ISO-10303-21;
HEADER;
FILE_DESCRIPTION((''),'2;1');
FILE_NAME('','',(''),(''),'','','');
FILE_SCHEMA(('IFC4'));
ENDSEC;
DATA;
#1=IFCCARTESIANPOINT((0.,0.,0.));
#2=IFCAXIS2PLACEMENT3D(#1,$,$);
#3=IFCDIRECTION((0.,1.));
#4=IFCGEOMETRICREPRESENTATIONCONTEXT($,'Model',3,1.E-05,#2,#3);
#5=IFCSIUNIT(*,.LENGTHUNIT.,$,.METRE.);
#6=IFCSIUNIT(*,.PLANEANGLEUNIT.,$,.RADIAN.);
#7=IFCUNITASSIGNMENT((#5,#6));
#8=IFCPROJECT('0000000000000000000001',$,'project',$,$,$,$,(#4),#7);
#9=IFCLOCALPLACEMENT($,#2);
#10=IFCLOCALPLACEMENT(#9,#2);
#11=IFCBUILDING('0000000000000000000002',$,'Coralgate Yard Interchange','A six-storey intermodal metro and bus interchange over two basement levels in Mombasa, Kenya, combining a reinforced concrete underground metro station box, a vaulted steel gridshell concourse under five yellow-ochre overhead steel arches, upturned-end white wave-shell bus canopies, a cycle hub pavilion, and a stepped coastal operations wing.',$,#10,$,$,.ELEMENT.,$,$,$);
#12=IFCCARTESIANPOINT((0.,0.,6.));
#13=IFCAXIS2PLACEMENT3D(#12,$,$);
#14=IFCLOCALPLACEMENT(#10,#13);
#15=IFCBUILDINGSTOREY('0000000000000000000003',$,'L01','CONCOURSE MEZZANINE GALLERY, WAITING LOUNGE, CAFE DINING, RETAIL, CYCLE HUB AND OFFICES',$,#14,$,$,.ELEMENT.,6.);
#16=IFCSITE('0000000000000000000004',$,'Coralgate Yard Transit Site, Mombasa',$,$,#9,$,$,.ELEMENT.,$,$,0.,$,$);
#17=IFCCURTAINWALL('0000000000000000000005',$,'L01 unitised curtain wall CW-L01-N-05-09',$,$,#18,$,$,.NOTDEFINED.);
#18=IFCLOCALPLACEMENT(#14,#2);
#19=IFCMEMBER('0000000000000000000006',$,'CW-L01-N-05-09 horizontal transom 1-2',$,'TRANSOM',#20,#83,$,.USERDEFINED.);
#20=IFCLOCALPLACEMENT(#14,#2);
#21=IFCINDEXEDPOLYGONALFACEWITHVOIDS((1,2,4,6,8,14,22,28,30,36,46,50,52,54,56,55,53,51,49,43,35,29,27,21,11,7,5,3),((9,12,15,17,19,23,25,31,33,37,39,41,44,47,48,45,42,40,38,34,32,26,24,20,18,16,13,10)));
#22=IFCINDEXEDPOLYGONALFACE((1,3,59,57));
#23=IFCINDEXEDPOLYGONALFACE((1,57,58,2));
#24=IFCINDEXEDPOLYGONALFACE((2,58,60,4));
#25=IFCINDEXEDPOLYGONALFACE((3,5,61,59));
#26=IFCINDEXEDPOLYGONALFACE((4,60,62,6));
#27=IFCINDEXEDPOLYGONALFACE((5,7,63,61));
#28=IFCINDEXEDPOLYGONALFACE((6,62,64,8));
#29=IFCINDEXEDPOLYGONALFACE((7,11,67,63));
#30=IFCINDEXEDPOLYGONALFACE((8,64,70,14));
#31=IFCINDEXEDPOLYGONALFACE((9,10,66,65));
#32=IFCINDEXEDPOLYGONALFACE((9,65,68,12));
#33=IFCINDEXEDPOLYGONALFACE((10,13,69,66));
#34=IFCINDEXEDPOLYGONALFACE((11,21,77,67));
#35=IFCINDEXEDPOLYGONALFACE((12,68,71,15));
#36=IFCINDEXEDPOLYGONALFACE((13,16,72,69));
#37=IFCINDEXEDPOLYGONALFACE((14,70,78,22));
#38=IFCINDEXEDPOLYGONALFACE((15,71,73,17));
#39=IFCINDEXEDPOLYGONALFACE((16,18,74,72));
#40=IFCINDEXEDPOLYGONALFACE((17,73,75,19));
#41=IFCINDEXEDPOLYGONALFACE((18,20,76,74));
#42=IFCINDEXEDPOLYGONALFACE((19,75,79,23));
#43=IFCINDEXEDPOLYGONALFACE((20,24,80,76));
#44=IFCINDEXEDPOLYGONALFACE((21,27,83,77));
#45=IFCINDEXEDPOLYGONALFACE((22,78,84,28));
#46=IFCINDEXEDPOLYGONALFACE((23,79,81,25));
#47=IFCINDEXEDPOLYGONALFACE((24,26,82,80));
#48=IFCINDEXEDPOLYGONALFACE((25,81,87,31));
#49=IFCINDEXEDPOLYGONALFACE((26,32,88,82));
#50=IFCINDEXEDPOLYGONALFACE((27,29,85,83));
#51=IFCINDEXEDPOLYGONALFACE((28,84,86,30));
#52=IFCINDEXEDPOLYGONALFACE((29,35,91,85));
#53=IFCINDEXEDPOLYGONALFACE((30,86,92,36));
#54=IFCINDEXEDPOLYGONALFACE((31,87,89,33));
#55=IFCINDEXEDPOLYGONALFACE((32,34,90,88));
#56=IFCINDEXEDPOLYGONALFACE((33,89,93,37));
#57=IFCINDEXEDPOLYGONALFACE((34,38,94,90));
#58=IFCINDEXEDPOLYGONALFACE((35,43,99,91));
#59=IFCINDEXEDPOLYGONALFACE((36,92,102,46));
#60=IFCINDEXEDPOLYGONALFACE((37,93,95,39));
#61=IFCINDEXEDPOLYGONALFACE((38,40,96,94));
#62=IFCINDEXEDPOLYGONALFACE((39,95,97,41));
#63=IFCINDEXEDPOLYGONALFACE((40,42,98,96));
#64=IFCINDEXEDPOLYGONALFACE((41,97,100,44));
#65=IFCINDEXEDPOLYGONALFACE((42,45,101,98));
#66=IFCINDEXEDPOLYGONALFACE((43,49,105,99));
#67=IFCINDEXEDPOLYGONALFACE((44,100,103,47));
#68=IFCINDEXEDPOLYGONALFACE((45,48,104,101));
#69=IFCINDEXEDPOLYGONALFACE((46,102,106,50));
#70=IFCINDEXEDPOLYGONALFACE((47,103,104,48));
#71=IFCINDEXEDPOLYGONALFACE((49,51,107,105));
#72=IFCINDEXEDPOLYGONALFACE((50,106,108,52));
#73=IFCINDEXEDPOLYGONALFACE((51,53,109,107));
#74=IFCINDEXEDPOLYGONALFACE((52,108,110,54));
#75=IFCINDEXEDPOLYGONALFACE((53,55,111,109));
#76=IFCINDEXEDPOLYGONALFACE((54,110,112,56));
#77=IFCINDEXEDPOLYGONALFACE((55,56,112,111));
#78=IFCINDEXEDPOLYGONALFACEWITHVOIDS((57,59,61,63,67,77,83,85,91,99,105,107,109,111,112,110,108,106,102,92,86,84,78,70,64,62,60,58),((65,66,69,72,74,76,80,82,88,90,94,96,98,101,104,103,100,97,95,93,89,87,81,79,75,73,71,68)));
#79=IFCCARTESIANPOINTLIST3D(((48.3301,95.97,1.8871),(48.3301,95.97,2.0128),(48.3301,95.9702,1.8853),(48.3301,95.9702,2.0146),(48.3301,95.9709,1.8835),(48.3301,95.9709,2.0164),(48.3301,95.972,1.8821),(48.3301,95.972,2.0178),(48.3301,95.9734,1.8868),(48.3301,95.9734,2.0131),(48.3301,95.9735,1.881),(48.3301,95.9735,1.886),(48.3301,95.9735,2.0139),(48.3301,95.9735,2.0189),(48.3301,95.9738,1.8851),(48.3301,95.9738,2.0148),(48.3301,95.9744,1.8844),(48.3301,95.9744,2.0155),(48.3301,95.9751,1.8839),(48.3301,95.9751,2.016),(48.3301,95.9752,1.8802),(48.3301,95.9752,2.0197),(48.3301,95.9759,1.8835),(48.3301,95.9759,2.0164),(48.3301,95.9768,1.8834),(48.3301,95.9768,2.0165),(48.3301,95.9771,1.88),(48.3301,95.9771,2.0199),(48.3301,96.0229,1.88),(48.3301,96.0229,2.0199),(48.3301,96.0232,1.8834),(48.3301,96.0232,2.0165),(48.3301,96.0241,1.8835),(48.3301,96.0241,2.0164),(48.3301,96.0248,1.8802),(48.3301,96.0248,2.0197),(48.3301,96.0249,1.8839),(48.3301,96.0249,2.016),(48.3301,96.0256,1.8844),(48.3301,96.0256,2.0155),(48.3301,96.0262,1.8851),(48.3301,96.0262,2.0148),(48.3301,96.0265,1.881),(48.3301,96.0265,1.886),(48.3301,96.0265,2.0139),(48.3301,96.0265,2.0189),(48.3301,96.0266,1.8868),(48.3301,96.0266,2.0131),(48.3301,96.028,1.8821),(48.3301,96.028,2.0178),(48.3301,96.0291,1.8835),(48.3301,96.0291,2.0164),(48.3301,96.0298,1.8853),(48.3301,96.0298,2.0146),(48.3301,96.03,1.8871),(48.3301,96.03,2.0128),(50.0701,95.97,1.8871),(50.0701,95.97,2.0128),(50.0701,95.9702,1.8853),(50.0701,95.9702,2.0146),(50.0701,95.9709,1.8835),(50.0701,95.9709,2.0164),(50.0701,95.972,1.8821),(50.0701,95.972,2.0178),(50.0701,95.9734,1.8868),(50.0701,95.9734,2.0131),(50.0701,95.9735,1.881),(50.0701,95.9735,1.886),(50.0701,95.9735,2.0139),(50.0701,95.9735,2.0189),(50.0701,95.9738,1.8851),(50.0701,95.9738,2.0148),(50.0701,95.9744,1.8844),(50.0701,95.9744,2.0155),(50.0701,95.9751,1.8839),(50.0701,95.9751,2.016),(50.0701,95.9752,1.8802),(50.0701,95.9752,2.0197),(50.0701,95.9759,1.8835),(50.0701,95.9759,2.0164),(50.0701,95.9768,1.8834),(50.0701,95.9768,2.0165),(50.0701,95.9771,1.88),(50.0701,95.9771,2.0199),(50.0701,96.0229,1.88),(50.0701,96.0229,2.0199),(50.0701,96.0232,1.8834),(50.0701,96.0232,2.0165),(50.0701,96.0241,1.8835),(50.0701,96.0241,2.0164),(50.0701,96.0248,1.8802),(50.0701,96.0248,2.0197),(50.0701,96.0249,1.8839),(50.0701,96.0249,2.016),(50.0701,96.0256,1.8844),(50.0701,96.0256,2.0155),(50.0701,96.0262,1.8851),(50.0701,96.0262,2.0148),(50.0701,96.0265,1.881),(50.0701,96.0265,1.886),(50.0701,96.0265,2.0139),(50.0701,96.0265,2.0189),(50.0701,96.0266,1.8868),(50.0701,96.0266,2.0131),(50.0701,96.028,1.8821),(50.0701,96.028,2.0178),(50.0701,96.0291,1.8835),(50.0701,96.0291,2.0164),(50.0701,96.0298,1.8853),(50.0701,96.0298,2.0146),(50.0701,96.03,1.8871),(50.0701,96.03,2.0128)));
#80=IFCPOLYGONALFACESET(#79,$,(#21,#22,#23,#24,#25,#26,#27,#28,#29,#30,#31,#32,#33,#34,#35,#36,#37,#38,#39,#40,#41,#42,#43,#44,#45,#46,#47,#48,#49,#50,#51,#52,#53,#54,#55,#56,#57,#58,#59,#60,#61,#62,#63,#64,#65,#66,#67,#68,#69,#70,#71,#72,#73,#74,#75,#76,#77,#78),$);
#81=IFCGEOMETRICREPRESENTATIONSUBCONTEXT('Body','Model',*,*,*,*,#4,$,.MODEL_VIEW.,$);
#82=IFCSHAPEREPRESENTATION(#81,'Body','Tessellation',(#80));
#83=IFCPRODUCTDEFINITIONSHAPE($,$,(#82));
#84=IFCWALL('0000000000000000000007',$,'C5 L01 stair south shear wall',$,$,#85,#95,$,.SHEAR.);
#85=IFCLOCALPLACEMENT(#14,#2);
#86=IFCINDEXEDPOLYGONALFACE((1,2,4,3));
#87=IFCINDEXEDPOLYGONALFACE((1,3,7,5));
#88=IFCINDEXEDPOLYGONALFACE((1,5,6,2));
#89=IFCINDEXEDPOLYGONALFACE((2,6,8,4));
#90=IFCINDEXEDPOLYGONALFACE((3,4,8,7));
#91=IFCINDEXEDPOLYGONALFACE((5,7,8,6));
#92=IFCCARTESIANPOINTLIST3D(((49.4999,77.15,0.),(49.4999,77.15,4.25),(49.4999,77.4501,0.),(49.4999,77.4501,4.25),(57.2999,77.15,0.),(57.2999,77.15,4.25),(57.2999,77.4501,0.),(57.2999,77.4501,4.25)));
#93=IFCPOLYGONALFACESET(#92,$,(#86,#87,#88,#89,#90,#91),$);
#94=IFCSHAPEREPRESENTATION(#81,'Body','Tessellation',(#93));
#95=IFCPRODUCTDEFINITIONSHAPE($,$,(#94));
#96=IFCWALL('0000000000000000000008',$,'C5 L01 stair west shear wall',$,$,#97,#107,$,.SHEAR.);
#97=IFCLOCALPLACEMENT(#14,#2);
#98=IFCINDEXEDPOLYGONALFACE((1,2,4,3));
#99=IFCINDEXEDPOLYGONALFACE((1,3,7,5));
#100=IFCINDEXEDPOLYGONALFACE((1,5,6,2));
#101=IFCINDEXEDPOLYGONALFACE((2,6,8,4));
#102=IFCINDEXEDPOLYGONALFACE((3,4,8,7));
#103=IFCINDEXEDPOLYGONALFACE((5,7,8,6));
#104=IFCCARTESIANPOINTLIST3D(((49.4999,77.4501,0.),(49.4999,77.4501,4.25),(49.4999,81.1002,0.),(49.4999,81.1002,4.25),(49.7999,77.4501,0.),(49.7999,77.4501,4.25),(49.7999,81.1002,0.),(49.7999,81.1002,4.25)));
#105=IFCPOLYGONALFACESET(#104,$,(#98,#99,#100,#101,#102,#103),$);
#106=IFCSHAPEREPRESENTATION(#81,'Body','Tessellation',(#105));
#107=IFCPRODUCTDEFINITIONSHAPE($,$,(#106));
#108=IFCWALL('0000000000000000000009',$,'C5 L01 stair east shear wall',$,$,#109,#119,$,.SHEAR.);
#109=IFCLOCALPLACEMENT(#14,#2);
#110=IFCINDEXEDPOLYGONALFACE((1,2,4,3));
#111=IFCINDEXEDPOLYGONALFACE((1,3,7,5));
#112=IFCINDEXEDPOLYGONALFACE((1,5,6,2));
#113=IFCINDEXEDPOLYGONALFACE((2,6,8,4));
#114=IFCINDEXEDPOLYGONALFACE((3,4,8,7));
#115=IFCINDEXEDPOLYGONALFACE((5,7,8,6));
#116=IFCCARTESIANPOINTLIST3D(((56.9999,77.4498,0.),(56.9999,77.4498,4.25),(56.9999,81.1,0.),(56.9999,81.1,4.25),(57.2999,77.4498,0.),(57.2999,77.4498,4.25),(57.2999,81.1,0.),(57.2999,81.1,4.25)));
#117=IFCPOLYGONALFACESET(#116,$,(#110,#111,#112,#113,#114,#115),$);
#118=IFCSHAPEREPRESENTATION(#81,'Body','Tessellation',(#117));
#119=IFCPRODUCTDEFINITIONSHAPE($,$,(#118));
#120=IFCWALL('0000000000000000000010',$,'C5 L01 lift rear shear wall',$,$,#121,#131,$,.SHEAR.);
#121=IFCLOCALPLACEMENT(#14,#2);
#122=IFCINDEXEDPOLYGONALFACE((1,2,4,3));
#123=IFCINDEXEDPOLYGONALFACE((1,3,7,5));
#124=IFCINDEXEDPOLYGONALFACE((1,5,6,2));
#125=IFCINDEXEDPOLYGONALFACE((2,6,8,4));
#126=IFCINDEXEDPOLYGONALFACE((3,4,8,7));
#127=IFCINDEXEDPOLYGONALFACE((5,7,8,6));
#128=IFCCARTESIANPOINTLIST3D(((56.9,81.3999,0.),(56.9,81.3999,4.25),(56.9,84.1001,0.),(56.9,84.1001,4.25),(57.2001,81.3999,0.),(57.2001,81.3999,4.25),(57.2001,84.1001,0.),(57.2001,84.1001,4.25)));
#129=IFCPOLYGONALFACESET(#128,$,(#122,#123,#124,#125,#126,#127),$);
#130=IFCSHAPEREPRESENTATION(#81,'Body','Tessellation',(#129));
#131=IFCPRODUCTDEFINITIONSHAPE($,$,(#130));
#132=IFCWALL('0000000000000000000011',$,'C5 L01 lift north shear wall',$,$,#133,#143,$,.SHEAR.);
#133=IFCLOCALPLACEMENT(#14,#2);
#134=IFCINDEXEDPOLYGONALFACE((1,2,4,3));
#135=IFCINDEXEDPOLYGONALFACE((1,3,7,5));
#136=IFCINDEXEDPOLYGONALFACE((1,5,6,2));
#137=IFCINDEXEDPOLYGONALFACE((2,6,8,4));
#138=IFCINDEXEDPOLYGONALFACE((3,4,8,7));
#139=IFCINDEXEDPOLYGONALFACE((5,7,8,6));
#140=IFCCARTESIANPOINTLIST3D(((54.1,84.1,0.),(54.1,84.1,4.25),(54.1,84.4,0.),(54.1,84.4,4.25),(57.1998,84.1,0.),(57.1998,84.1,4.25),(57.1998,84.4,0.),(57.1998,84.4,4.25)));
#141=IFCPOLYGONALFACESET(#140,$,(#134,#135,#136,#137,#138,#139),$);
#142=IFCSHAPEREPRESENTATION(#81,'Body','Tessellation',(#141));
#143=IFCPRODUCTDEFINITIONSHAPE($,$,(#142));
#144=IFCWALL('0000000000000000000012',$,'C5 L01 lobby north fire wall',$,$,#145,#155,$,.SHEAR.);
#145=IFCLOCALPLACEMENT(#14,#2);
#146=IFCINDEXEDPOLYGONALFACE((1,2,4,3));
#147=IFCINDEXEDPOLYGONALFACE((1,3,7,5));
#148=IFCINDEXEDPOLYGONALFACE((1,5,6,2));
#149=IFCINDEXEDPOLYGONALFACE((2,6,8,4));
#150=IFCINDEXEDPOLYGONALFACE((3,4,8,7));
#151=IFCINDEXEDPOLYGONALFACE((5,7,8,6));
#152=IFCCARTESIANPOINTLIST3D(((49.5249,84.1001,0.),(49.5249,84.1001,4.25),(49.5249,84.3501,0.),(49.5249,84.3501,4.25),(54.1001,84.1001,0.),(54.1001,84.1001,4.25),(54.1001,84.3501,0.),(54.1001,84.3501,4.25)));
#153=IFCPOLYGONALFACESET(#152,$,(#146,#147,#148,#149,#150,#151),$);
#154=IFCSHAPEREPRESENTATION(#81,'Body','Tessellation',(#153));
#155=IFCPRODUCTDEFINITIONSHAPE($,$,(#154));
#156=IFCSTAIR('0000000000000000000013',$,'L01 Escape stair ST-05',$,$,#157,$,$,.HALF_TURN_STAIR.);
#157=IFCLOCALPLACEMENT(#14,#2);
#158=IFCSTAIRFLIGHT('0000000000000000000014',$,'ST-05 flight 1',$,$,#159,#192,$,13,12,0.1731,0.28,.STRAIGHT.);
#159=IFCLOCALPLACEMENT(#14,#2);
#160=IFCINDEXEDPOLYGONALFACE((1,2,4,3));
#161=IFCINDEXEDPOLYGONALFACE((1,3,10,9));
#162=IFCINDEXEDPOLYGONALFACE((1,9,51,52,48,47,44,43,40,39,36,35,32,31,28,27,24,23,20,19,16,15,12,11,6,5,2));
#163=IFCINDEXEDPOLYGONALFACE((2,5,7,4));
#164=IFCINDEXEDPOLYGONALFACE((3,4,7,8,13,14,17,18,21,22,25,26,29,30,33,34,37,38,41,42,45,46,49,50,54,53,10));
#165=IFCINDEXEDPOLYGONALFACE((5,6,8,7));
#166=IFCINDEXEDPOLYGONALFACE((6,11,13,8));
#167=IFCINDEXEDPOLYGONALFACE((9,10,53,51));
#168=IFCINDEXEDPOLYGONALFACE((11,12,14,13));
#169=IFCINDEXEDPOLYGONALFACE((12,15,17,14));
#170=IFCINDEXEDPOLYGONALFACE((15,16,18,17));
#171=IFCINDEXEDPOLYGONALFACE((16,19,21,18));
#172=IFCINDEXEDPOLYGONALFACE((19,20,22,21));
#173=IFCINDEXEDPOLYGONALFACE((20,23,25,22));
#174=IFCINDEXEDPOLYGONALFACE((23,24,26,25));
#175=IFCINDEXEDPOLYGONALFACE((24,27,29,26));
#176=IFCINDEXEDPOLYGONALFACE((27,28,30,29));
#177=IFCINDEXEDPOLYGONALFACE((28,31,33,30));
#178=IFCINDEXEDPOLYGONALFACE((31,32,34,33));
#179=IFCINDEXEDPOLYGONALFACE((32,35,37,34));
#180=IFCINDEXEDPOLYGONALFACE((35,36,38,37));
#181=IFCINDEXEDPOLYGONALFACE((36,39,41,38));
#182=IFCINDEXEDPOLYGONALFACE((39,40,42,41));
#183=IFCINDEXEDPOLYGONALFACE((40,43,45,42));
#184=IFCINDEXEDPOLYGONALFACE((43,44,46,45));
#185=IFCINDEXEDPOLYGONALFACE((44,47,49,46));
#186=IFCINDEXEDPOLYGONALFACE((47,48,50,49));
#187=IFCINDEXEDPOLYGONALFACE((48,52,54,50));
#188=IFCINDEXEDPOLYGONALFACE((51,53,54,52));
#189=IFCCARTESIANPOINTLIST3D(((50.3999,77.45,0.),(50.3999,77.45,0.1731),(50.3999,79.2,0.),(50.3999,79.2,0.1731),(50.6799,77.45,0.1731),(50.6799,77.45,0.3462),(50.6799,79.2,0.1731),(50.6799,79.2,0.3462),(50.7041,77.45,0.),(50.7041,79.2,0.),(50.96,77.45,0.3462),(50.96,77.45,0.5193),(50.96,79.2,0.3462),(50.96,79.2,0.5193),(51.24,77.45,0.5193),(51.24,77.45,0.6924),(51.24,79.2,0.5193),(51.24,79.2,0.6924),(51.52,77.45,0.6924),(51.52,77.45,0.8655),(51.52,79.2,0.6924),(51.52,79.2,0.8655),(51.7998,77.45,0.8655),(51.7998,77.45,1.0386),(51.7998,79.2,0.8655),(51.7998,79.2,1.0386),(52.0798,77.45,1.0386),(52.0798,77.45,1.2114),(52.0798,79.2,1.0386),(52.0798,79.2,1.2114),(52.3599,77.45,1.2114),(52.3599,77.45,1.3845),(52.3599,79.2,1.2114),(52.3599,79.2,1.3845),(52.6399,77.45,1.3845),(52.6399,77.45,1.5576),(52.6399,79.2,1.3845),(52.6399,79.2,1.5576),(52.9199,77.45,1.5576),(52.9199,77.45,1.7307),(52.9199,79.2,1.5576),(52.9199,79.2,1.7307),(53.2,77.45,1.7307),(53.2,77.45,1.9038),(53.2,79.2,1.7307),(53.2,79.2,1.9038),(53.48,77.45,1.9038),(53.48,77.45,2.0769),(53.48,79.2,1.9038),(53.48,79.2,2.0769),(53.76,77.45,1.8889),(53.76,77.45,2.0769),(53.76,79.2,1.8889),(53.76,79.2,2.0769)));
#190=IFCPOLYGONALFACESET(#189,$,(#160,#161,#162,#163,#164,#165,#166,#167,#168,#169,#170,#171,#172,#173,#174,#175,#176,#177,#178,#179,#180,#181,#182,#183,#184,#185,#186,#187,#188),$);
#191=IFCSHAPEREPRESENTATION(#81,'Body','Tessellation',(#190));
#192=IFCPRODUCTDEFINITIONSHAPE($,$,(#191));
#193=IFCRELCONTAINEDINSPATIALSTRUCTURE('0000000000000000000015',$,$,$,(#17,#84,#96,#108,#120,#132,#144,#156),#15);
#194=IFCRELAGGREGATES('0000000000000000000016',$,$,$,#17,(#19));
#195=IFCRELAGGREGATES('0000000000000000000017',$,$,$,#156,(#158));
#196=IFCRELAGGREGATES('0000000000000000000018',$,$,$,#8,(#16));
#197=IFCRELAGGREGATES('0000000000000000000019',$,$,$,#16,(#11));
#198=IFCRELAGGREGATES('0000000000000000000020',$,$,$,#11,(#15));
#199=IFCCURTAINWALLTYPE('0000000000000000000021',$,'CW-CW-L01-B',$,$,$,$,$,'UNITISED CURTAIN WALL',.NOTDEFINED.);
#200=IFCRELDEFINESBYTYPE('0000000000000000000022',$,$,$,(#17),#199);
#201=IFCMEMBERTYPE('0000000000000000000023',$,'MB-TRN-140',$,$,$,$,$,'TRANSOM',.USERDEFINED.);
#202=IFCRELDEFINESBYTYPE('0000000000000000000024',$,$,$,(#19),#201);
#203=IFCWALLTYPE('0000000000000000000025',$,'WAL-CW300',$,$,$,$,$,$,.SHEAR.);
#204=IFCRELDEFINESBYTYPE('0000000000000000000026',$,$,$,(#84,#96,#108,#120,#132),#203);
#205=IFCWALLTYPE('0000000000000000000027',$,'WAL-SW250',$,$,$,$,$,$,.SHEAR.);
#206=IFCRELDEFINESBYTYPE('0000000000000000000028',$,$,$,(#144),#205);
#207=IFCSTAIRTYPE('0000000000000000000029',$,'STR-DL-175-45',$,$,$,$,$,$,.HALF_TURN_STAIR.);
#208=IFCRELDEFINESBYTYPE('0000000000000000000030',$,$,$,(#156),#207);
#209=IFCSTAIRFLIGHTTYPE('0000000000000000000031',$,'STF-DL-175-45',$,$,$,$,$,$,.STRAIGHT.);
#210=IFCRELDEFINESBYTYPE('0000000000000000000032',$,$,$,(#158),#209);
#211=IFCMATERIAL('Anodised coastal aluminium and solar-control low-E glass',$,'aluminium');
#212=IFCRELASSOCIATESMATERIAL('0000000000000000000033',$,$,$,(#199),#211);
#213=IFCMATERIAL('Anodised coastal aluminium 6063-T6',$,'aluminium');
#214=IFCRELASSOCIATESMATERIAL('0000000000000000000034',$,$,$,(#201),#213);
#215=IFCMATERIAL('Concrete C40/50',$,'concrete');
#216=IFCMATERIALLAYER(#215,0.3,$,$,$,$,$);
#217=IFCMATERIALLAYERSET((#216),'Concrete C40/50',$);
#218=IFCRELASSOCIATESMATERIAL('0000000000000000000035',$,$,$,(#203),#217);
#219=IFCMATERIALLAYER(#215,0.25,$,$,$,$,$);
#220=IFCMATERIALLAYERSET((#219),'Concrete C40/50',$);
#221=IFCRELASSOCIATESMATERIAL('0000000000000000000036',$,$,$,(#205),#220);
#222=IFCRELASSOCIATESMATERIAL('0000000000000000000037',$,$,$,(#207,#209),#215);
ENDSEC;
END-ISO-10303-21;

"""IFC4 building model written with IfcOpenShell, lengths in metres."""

from ifc_helpers import new_model, si_unit, direction, frame, frame_2d, origin, origin_2d, place, context, subcontext, project, spatial, polyline, rectangle, hollow_rectangle, outline, extrude, material, layer, layer_set, material_profile, profile_set, type_object, element, aggregate, save


model = new_model("IFC4")

# Units and contexts
model_context = context("Model", 3, precision=1e-05, world=origin(), true_north=direction((0.0, 1.0)))
body_context = subcontext(model_context, "Body", "Model", "MODEL_VIEW")
ifc_project = project(units=[si_unit("LENGTHUNIT", "METRE"), si_unit("PLANEANGLEUNIT", "RADIAN")], contexts=[model_context])

# Site, building, storey
site_placement = place(None, origin())
site = spatial("IfcSite", under=ifc_project, at=site_placement, Name="Coralgate Yard Transit Site, Mombasa", CompositionType="ELEMENT", RefElevation=0.0)
building_placement = place(site_placement, origin())
building = spatial("IfcBuilding", under=site, at=building_placement, Name="Coralgate Yard Interchange", Description="A six-storey intermodal metro and bus interchange over two basement levels in Mombasa, Kenya, combining a reinforced concrete underground metro station box, a vaulted steel gridshell concourse under five yellow-ochre overhead steel arches, upturned-end white wave-shell bus canopies, a cycle hub pavilion, and a stepped coastal operations wing.", CompositionType="ELEMENT")
storey_placement = place(building_placement, frame((0.0, 0.0, 6.0)))
storey = spatial("IfcBuildingStorey", under=building, at=storey_placement, Name="L01", Description="CONCOURSE MEZZANINE GALLERY, WAITING LOUNGE, CAFE DINING, RETAIL, CYCLE HUB AND OFFICES", CompositionType="ELEMENT", Elevation=6.0)

# Curtain wall, member
ifc_material_1 = material(Name="Anodised coastal aluminium and solar-control low-E glass", Category="aluminium")
curtain_wall_type = type_object("IfcCurtainWallType", Name="CW-CW-L01-B", ElementType="UNITISED CURTAIN WALL", PredefinedType="NOTDEFINED", material=ifc_material_1)
curtain_wall_placement = place(storey_placement, origin())
curtain_wall = element("IfcCurtainWall", 1, at=curtain_wall_placement, inside=storey, type_object=curtain_wall_type, Name="L01 unitised curtain wall CW-L01-N-05-09", PredefinedType="NOTDEFINED")
ifc_material_2 = material(Name="Anodised coastal aluminium 6063-T6", Category="aluminium")
ifc_material_profile_1 = material_profile(ifc_material_2, hollow_rectangle(XDim=0.0601, YDim=0.1399, WallThickness=0.0034, InnerFilletRadius=0.0034, OuterFilletRadius=0.0071, at=origin_2d()), Name="ALU 60x140x3.5")
ifc_profile_set_1 = profile_set([ifc_material_profile_1], Name="Anodised coastal aluminium 6063-T6")
member_type_1 = type_object("IfcMemberType", Name="MB-TRN-140", ElementType="TRANSOM", PredefinedType="USERDEFINED", material=ifc_profile_set_1)
member_1_placement = place(storey_placement, frame((48.3301, 96.0, 1.95), z_axis=(1.0, 0.0, 0.0), x_axis=(0.0, 1.0, 0.0)))
member_1 = element("IfcMember", 2, at=member_1_placement, type_object=member_type_1, Name="CW-L01-N-05-09 horizontal transom 1-2", ObjectType="TRANSOM", PredefinedType="USERDEFINED", context=body_context, shape_type="SweptSolid", body=[
    extrude(hollow_rectangle(XDim=0.0601, YDim=0.1399, WallThickness=0.0034, InnerFilletRadius=0.0034, OuterFilletRadius=0.0071, at=origin_2d()), origin(), (0.0, 0.0, 1.0), 1.74),
])
aggregate(curtain_wall, [member_1])

# Walls
ifc_material_3 = material(Name="Concrete C40/50", Category="concrete")
ifc_layer_1 = layer(ifc_material_3, 0.3)
ifc_layer_set_1 = layer_set([ifc_layer_1], Name="Concrete C40/50")
wall_type_1 = type_object("IfcWallType", Name="WAL-CW300", PredefinedType="SHEAR", material=ifc_layer_set_1)
wall_1_placement = place(storey_placement, frame((49.5, 77.3, 0.0), z_axis=(0.0, 0.0, 1.0), x_axis=(1.0, 0.0, 0.0)))
element("IfcWall", 3, at=wall_1_placement, inside=storey, type_object=wall_type_1, Name="C5 L01 stair south shear wall", PredefinedType="SHEAR", context=body_context, shape_type="SweptSolid", body=[
    extrude(rectangle(XDim=7.8, YDim=0.3, at=frame_2d((3.8999, 0.0))), origin(), (0.0, 0.0, 1.0), 4.25),
])
for number, where, z_axis, x_axis, name in (
    (4, (49.6499, 77.45, 0.0), (0.0, 0.0, 1.0), (0.0, 1.0, 0.0), "C5 L01 stair west shear wall"),
    (5, (57.1499, 81.1001, 0.0), (0.0, 0.0, 1.0), (0.0, -1.0, 0.0), "C5 L01 stair east shear wall"),
):
    element("IfcWall", number, at=place(storey_placement, frame(where, z_axis=z_axis, x_axis=x_axis)), inside=storey, type_object=wall_type_1, Name=name, PredefinedType="SHEAR", context=body_context, shape_type="SweptSolid", body=[
        extrude(rectangle(XDim=3.6501, YDim=0.3, at=frame_2d((1.8252, 0.0))), origin(), (0.0, 0.0, 1.0), 4.25),
    ])

# Walls
wall_2_placement = place(storey_placement, frame((57.05, 81.3999, 0.0), z_axis=(0.0, 0.0, 1.0), x_axis=(0.0, 1.0, 0.0)))
element("IfcWall", 6, at=wall_2_placement, inside=storey, type_object=wall_type_1, Name="C5 L01 lift rear shear wall", PredefinedType="SHEAR", context=body_context, shape_type="SweptSolid", body=[
    extrude(rectangle(XDim=2.7002, YDim=0.3, at=frame_2d((1.3501, 0.0))), origin(), (0.0, 0.0, 1.0), 4.25),
])
wall_3_placement = place(storey_placement, frame((54.1001, 84.25, 0.0), z_axis=(0.0, 0.0, 1.0), x_axis=(1.0, 0.0, 0.0)))
element("IfcWall", 7, at=wall_3_placement, inside=storey, type_object=wall_type_1, Name="C5 L01 lift north shear wall", PredefinedType="SHEAR", context=body_context, shape_type="SweptSolid", body=[
    extrude(rectangle(XDim=3.0999, YDim=0.3, at=frame_2d((1.5498, 0.0))), origin(), (0.0, 0.0, 1.0), 4.25),
])
ifc_layer_2 = layer(ifc_material_3, 0.25)
ifc_layer_set_2 = layer_set([ifc_layer_2], Name="Concrete C40/50")
wall_type_2 = type_object("IfcWallType", Name="WAL-SW250", PredefinedType="SHEAR", material=ifc_layer_set_2)
wall_4_placement = place(storey_placement, frame((54.1001, 84.2251, 0.0), z_axis=(0.0, 0.0, 1.0), x_axis=(-1.0, 0.0, 0.0)))
element("IfcWall", 8, at=wall_4_placement, inside=storey, type_object=wall_type_2, Name="C5 L01 lobby north fire wall", PredefinedType="SHEAR", context=body_context, shape_type="SweptSolid", body=[
    extrude(rectangle(XDim=4.5752, YDim=0.25, at=frame_2d((2.2876, 0.0))), origin(), (0.0, 0.0, 1.0), 4.25),
])

# Stair, stair flight
stair_type = type_object("IfcStairType", Name="STR-DL-175-45", PredefinedType="HALF_TURN_STAIR", material=ifc_material_3)
stair_placement = place(storey_placement, origin())
stair = element("IfcStair", 9, at=stair_placement, inside=storey, type_object=stair_type, Name="L01 Escape stair ST-05", PredefinedType="HALF_TURN_STAIR")
stair_flight_type = type_object("IfcStairFlightType", Name="STF-DL-175-45", PredefinedType="STRAIGHT", material=ifc_material_3)
stair_flight_1_placement = place(storey_placement, frame((50.3999, 78.325, 0.0), z_axis=(0.0, 0.0, 1.0), x_axis=(1.0, 0.0, 0.0)))
stair_flight_1 = element("IfcStairFlight", 10, at=stair_flight_1_placement, type_object=stair_flight_type, Name="ST-05 flight 1", NumberOfRisers=13, NumberOfTreads=12, PredefinedType="STRAIGHT", RiserHeight=0.1731, TreadLength=0.28, context=body_context, shape_type="SweptSolid", body=[
    extrude(outline(polyline([(0.0, 0.0), (0.0, 0.1731), (0.28, 0.1731), (0.28, 0.3462), (0.5601, 0.3462), (0.5601, 0.5193), (0.8401, 0.5193), (0.8401, 0.6924), (1.1201, 0.6924), (1.1201, 0.8655), (1.3999, 0.8655), (1.3999, 1.0386), (1.6799, 1.0386), (1.6799, 1.2114), (1.96, 1.2114), (1.96, 1.3845), (2.24, 1.3845), (2.24, 1.5576), (2.52, 1.5576), (2.52, 1.7307), (2.8, 1.7307), (2.8, 1.9038), (3.0801, 1.9038), (3.0801, 2.0769), (3.3601, 2.0769), (3.3601, 2.25), (3.3601, 1.8889), (0.3042, 0.0), (0.0, 0.0)])), frame((0.0, 0.875, 0.0), z_axis=(0.0, -1.0, 0.0), x_axis=(1.0, 0.0, 0.0)), (0.0, 0.0, 1.0), 1.75),
])
aggregate(stair, [stair_flight_1])

save(model, "model.ifc")
